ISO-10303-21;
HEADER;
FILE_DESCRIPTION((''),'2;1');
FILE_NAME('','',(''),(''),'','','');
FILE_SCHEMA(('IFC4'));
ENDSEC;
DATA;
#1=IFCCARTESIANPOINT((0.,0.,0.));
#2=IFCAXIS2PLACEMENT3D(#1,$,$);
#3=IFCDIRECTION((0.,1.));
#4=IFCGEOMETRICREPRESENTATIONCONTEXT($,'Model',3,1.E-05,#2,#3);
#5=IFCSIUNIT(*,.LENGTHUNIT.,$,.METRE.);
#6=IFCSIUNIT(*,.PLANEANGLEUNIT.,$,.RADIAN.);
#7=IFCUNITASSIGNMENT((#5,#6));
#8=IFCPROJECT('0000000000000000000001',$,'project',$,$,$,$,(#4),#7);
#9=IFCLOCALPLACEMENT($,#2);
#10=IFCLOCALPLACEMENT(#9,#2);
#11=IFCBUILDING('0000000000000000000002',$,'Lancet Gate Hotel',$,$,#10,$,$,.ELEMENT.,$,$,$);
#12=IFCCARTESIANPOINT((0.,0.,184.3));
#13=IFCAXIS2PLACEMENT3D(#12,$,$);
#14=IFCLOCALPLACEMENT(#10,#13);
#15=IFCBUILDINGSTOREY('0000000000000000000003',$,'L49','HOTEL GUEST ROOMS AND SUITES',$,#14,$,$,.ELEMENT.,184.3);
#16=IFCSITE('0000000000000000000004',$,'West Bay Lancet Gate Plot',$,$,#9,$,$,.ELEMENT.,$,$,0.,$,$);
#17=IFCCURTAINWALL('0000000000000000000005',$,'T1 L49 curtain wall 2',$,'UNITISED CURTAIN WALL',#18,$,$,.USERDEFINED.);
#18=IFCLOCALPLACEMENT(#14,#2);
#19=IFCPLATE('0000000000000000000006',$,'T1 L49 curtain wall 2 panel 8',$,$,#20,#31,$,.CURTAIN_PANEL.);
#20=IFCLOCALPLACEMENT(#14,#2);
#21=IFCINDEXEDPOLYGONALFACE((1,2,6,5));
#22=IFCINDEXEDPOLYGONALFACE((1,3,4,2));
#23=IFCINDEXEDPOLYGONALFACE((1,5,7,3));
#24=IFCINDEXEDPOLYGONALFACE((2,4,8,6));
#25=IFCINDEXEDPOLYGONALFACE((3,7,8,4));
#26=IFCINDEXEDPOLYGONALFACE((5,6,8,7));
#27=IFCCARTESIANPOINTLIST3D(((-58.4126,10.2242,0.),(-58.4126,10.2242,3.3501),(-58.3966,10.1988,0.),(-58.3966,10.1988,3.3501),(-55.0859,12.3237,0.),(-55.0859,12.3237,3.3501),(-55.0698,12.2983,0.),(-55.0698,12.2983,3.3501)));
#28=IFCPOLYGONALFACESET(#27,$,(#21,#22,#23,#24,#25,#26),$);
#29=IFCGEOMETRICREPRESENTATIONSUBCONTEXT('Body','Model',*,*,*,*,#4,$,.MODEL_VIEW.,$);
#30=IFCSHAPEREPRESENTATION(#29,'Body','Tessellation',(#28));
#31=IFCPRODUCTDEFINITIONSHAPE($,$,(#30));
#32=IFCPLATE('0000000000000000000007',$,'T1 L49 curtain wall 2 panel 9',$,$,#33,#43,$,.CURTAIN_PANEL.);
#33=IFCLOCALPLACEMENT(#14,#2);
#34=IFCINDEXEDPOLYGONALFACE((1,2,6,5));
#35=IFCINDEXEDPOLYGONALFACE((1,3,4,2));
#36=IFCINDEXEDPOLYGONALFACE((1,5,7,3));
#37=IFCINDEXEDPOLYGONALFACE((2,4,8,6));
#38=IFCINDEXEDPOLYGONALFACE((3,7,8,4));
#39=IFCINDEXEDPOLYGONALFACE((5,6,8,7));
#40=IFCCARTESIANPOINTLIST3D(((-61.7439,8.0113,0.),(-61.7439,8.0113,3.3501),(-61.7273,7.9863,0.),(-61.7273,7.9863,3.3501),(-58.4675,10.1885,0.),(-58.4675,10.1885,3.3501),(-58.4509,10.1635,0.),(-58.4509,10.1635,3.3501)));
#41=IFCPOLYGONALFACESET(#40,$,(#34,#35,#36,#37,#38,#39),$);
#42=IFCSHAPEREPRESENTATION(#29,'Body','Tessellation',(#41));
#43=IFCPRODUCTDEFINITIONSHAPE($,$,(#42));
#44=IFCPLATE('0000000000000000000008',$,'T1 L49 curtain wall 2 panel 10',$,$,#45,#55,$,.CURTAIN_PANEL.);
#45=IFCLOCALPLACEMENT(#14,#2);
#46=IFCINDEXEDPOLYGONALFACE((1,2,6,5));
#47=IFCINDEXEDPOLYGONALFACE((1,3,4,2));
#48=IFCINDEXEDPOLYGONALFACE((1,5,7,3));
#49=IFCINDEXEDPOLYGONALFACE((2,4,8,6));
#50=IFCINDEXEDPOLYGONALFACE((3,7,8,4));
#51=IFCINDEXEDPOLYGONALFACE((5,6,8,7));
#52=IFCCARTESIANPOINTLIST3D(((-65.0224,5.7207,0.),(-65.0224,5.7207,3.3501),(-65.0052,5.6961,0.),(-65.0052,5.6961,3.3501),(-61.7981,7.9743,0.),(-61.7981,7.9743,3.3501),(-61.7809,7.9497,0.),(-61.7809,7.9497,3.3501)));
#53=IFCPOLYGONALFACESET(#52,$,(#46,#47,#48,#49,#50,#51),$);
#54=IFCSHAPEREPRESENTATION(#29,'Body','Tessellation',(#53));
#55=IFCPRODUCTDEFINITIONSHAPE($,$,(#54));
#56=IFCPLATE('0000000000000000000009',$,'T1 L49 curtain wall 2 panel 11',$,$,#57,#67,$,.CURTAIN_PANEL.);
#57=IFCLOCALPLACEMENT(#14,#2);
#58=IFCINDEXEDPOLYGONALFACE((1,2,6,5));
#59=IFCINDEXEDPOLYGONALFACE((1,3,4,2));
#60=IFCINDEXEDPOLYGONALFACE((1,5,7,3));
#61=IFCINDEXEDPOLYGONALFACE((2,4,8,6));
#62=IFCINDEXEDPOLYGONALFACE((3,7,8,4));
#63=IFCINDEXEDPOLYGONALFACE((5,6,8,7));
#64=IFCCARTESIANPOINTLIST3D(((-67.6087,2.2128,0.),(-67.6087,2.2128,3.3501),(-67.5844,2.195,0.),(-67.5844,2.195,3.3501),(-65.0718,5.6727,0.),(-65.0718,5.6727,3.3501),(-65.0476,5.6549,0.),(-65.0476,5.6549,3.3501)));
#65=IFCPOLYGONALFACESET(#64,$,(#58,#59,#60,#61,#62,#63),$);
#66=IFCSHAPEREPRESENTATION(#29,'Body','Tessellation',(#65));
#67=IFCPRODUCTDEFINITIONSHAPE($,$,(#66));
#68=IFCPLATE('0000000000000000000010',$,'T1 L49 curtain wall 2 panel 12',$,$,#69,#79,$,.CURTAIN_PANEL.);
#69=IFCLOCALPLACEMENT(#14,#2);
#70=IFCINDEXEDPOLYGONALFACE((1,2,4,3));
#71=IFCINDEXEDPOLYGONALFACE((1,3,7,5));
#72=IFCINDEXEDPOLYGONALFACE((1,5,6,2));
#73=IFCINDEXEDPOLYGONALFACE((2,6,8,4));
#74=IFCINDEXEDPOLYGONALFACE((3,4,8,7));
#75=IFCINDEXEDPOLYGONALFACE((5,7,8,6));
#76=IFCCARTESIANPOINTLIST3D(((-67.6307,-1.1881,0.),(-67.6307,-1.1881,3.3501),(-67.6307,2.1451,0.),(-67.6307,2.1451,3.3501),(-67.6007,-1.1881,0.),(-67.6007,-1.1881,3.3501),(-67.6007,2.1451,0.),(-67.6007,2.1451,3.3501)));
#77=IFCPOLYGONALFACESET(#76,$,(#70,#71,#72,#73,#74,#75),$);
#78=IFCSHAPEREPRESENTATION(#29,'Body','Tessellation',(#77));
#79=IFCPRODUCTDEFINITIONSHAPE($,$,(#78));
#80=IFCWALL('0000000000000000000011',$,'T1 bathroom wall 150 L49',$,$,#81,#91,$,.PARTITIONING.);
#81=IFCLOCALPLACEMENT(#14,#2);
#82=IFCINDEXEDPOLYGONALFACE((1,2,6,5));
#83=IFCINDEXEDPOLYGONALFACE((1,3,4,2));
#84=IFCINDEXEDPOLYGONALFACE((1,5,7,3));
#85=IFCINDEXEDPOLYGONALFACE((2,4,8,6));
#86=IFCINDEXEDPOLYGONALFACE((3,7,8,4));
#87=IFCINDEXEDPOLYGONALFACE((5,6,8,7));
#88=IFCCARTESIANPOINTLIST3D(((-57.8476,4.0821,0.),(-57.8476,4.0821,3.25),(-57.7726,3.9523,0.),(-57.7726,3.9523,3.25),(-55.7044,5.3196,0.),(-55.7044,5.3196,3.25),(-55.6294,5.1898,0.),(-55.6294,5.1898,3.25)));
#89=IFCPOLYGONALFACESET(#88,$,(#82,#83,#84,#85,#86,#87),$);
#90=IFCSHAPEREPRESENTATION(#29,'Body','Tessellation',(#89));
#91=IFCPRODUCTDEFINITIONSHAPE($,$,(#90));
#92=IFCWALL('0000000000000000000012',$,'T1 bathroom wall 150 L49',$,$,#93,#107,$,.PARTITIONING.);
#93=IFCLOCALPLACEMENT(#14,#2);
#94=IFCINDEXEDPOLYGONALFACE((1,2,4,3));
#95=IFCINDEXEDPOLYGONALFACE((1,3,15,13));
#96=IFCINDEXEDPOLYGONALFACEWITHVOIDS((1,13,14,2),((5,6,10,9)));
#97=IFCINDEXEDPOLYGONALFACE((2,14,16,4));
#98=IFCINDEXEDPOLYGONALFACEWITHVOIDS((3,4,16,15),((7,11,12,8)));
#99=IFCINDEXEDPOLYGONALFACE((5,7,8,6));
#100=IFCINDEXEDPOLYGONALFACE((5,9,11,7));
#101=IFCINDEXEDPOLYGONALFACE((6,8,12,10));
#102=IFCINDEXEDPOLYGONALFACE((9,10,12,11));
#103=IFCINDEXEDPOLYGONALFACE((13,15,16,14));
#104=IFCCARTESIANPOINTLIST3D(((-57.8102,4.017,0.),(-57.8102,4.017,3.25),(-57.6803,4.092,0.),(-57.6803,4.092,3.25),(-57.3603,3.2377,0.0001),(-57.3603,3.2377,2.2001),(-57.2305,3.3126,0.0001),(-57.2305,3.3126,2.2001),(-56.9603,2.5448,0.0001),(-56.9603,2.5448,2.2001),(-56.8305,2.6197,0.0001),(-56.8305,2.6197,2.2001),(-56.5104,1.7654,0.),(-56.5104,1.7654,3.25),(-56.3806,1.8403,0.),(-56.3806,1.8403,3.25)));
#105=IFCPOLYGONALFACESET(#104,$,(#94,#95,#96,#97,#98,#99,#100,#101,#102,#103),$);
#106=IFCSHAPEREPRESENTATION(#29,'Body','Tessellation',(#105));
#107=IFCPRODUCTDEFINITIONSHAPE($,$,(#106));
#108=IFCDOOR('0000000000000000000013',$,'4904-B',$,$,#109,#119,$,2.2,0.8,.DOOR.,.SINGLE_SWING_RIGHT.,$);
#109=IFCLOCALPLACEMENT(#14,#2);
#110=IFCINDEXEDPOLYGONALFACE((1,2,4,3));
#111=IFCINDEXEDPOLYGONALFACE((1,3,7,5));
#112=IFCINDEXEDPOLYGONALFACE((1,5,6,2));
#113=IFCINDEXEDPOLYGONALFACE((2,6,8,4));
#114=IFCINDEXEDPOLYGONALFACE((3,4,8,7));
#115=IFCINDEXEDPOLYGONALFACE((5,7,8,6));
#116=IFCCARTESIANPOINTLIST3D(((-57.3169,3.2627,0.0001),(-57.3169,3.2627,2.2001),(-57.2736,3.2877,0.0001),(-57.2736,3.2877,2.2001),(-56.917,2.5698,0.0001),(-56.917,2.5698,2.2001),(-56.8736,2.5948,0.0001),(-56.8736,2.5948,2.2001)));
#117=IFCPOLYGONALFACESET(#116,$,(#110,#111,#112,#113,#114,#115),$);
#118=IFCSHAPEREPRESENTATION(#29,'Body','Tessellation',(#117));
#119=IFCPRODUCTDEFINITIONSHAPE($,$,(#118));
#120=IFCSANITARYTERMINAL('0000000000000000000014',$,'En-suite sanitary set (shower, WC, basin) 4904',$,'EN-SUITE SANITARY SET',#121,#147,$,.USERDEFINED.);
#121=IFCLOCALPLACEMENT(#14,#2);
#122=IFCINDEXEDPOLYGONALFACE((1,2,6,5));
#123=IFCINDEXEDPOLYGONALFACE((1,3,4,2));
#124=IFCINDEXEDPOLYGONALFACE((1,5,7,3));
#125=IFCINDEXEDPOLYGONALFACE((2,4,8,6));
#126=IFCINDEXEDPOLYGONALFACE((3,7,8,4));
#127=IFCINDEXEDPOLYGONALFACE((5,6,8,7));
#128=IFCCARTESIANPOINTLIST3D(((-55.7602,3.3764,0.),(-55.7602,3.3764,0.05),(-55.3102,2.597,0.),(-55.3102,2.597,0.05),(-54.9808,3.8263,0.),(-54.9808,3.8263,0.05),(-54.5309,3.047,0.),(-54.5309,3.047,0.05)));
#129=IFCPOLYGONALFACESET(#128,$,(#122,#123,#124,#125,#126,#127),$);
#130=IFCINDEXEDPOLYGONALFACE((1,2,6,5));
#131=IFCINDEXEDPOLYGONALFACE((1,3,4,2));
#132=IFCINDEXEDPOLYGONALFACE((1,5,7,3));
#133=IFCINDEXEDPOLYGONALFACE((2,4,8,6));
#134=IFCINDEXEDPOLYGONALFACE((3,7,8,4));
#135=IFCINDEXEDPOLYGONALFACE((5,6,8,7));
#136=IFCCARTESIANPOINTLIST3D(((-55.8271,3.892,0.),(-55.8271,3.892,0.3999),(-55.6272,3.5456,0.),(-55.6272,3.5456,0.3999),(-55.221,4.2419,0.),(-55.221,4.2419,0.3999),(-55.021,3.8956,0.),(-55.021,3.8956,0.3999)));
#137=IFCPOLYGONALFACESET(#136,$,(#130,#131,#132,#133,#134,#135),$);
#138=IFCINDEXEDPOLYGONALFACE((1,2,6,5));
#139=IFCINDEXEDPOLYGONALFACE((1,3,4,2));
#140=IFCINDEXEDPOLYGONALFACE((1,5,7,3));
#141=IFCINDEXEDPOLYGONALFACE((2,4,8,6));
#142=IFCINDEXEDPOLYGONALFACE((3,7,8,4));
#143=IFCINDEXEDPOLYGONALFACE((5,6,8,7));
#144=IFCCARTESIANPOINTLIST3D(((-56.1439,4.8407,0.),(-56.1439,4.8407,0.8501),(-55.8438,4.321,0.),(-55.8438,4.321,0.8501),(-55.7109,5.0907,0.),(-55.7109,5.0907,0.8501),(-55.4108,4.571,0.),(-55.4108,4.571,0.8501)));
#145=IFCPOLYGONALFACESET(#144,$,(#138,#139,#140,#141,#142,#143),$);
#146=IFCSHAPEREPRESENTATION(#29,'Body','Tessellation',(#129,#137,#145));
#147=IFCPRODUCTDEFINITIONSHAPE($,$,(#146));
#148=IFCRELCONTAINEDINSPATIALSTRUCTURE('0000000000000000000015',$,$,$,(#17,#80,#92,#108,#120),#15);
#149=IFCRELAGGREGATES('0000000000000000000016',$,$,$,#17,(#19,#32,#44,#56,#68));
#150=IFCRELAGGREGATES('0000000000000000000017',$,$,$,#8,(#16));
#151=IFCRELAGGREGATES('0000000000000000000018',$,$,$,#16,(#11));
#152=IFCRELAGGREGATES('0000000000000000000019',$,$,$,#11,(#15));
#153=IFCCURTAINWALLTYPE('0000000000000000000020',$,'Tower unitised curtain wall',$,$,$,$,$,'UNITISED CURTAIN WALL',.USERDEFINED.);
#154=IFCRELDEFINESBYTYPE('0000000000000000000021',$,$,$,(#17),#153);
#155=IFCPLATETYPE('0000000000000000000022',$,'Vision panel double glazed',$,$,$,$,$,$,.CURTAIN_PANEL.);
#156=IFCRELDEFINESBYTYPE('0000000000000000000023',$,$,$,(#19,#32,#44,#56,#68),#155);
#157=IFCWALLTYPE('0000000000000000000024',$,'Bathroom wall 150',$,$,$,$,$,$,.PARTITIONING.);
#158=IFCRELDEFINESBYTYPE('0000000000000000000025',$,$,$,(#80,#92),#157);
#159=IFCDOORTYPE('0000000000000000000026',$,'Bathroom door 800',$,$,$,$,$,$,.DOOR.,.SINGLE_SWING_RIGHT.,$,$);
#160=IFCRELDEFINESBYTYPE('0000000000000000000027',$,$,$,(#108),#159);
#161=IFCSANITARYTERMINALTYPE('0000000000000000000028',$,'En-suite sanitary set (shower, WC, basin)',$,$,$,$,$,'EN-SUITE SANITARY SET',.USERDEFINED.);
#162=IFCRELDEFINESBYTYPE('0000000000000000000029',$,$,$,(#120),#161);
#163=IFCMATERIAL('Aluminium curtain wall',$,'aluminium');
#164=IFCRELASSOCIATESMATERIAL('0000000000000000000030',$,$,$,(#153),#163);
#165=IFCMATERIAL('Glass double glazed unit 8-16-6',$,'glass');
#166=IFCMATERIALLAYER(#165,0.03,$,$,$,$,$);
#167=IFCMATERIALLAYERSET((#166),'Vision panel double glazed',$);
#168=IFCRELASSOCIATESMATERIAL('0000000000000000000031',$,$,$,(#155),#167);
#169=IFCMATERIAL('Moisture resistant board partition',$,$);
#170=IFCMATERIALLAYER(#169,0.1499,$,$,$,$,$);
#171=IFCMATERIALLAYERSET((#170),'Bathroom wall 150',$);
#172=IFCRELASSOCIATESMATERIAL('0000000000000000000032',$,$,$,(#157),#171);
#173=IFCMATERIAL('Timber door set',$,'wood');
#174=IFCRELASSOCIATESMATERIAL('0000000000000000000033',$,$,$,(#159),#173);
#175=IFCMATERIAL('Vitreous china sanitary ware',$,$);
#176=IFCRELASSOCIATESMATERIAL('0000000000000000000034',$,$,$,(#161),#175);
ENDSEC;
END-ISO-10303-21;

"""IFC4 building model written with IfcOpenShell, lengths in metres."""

from ifc_helpers import new_model, si_unit, direction, frame, frame_2d, origin, origin_2d, place, context, subcontext, project, spatial, rectangle, extrude, material, layer, layer_set, type_object, element, fill, aggregate, save


model = new_model("IFC4")

# Units and contexts
model_context = context("Model", 3, precision=1e-05, world=origin(), true_north=direction((0.0, 1.0)))
body_context = subcontext(model_context, "Body", "Model", "MODEL_VIEW")
ifc_project = project(units=[si_unit("LENGTHUNIT", "METRE"), si_unit("PLANEANGLEUNIT", "RADIAN")], contexts=[model_context])

# Site, building, storey
site_placement = place(None, origin())
site = spatial("IfcSite", under=ifc_project, at=site_placement, Name="West Bay Lancet Gate Plot", CompositionType="ELEMENT", RefElevation=0.0)
building_placement = place(site_placement, origin())
building = spatial("IfcBuilding", under=site, at=building_placement, Name="Lancet Gate Hotel", CompositionType="ELEMENT")
storey_placement = place(building_placement, frame((0.0, 0.0, 184.3)))
storey = spatial("IfcBuildingStorey", under=building, at=storey_placement, Name="L49", Description="HOTEL GUEST ROOMS AND SUITES", CompositionType="ELEMENT", Elevation=184.3)

# Curtain wall
ifc_material_1 = material(Name="Aluminium curtain wall", Category="aluminium")
curtain_wall_type = type_object("IfcCurtainWallType", Name="Tower unitised curtain wall", ElementType="UNITISED CURTAIN WALL", PredefinedType="USERDEFINED", material=ifc_material_1)
curtain_wall_placement = place(storey_placement, origin())
curtain_wall = element("IfcCurtainWall", 1, at=curtain_wall_placement, inside=storey, type_object=curtain_wall_type, Name="T1 L49 curtain wall 2", ObjectType="UNITISED CURTAIN WALL", PredefinedType="USERDEFINED")

# Plates
ifc_material_2 = material(Name="Glass double glazed unit 8-16-6", Category="glass")
ifc_layer_1 = layer(ifc_material_2, 0.03)
ifc_layer_set_1 = layer_set([ifc_layer_1], Name="Vision panel double glazed")
plate_type = type_object("IfcPlateType", Name="Vision panel double glazed", PredefinedType="CURTAIN_PANEL", material=ifc_layer_set_1)
plate_1_placement = place(storey_placement, frame((-56.7412, 11.2612, 0.0), z_axis=(0.0, 0.0, 1.0), x_axis=(-0.845667, -0.533711, 0.0)))
plate_1 = element("IfcPlate", 2, at=plate_1_placement, type_object=plate_type, Name="T1 L49 curtain wall 2 panel 8", PredefinedType="CURTAIN_PANEL", context=body_context, shape_type="SweptSolid", body=[
    extrude(rectangle(XDim=3.9338, YDim=0.03, at=origin_2d()), origin(), (0.0, 0.0, 1.0), 3.3501),
])
plate_2_placement = place(storey_placement, frame((-60.0974, 9.0874, 0.0), z_axis=(0.0, 0.0, 1.0), x_axis=(-0.832879, -0.553455, 0.0)))
plate_2 = element("IfcPlate", 3, at=plate_2_placement, type_object=plate_type, Name="T1 L49 curtain wall 2 panel 9", PredefinedType="CURTAIN_PANEL", context=body_context, shape_type="SweptSolid", body=[
    extrude(rectangle(XDim=3.9338, YDim=0.03, at=origin_2d()), origin(), (0.0, 0.0, 1.0), 3.3501),
])
plate_3_placement = place(storey_placement, frame((-63.4016, 6.8352, 0.0), z_axis=(0.0, 0.0, 1.0), x_axis=(-0.819631, -0.572892, 0.0)))
plate_3 = element("IfcPlate", 4, at=plate_3_placement, type_object=plate_type, Name="T1 L49 curtain wall 2 panel 10", PredefinedType="CURTAIN_PANEL", context=body_context, shape_type="SweptSolid", body=[
    extrude(rectangle(XDim=3.9338, YDim=0.03, at=origin_2d()), origin(), (0.0, 0.0, 1.0), 3.3501),
])
plate_4_placement = place(storey_placement, frame((-66.3281, 3.9338, 0.0), z_axis=(0.0, 0.0, 1.0), x_axis=(-0.5913, -0.806452, 0.0)))
plate_4 = element("IfcPlate", 5, at=plate_4_placement, type_object=plate_type, Name="T1 L49 curtain wall 2 panel 11", PredefinedType="CURTAIN_PANEL", context=body_context, shape_type="SweptSolid", body=[
    extrude(rectangle(XDim=4.2903, YDim=0.03, at=origin_2d()), origin(), (0.0, 0.0, 1.0), 3.3501),
])
plate_5_placement = place(storey_placement, frame((-67.6157, 0.4785, 0.0), z_axis=(0.0, 0.0, 1.0), x_axis=(0.0, -1.0, 0.0)))
plate_5 = element("IfcPlate", 6, at=plate_5_placement, type_object=plate_type, Name="T1 L49 curtain wall 2 panel 12", PredefinedType="CURTAIN_PANEL", context=body_context, shape_type="SweptSolid", body=[
    extrude(rectangle(XDim=3.3333, YDim=0.03, at=origin_2d()), origin(), (0.0, 0.0, 1.0), 3.3501),
])
aggregate(curtain_wall, [plate_1, plate_2, plate_3, plate_4, plate_5])

# Wall
ifc_material_3 = material(Name="Moisture resistant board partition")
ifc_layer_2 = layer(ifc_material_3, 0.1499)
ifc_layer_set_2 = layer_set([ifc_layer_2], Name="Bathroom wall 150")
wall_type = type_object("IfcWallType", Name="Bathroom wall 150", PredefinedType="PARTITIONING", material=ifc_layer_set_2)
wall_1_placement = place(storey_placement, frame((-55.667, 5.2546, 0.0), z_axis=(0.0, 0.0, 1.0), x_axis=(-0.866007, -0.500033, 0.0)))
element("IfcWall", 7, at=wall_1_placement, inside=storey, type_object=wall_type, Name="T1 bathroom wall 150 L49", PredefinedType="PARTITIONING", context=body_context, shape_type="SweptSolid", body=[
    extrude(rectangle(XDim=2.4749, YDim=0.1499, at=frame_2d((1.2373, 0.0))), origin(), (0.0, 0.0, 1.0), 3.25),
])

# Wall, opening, door
wall_2_placement = place(storey_placement, frame((-56.4456, 1.803, 0.0), z_axis=(0.0, 0.0, 1.0), x_axis=(-0.499937, 0.866062, 0.0)))
wall_2 = element("IfcWall", 8, at=wall_2_placement, inside=storey, type_object=wall_type, Name="T1 bathroom wall 150 L49", PredefinedType="PARTITIONING", context=body_context, shape_type="SweptSolid", body=[
    extrude(rectangle(XDim=2.5999, YDim=0.1499, at=frame_2d((1.2998, 0.0))), origin(), (0.0, 0.0, 1.0), 3.25),
])
opening_placement = place(wall_2_placement, frame((0.8999, 0.0, 0.0)))
opening = element("IfcOpeningElement", 9, at=opening_placement, cuts=wall_2, PredefinedType="OPENING", context=body_context, shape_type="SweptSolid", body=[
    extrude(rectangle(XDim=0.8, YDim=2.2, at=frame_2d((0.3999, 1.1001))), frame((0.0, 0.085, 0.0), z_axis=(0.0, -1.0, 0.0), x_axis=(1.0, 0.0, 0.0)), (0.0, 0.0, 1.0), 0.1699),
])
ifc_material_4 = material(Name="Timber door set", Category="wood")
door_type = type_object("IfcDoorType", Name="Bathroom door 800", OperationType="SINGLE_SWING_RIGHT", PredefinedType="DOOR", material=ifc_material_4)
door_placement = place(opening_placement, origin())
door = element("IfcDoor", 10, at=door_placement, inside=storey, type_object=door_type, Name="4904-B", OperationType="SINGLE_SWING_RIGHT", OverallHeight=2.2, OverallWidth=0.8, PredefinedType="DOOR", context=body_context, shape_type="SweptSolid", body=[
    extrude(rectangle(XDim=0.8, YDim=2.2, at=frame_2d((0.3999, 1.1001))), frame((0.0, 0.0249, 0.0), z_axis=(0.0, -1.0, 0.0), x_axis=(1.0, 0.0, 0.0)), (0.0, 0.0, 1.0), 0.05),
])
fill(opening, door)

# Sanitary terminal
ifc_material_5 = material(Name="Vitreous china sanitary ware")
sanitary_terminal_type = type_object("IfcSanitaryTerminalType", Name="En-suite sanitary set (shower, WC, basin)", ElementType="EN-SUITE SANITARY SET", PredefinedType="USERDEFINED", material=ifc_material_5)
sanitary_terminal_placement = place(storey_placement, frame((-55.1455, 3.2117, 0.0), z_axis=(0.0, 0.0, 1.0), x_axis=(1.0, 0.0, 0.0)))
element("IfcSanitaryTerminal", 11, at=sanitary_terminal_placement, inside=storey, type_object=sanitary_terminal_type, Name="En-suite sanitary set (shower, WC, basin) 4904", ObjectType="EN-SUITE SANITARY SET", PredefinedType="USERDEFINED", context=body_context, shape_type="SweptSolid", body=[
    extrude(rectangle(XDim=0.8999, YDim=0.8999, at=origin_2d()), frame((0.0, 0.0, 0.0), z_axis=(0.0, 0.0, 1.0), x_axis=(0.5, -0.866025, 0.0)), (0.0, 0.0, 1.0), 0.05),
    extrude(rectangle(XDim=0.3999, YDim=0.7, at=origin_2d()), frame((-0.2786, 0.6821, 0.0), z_axis=(0.0, 0.0, 1.0), x_axis=(0.5, -0.866025, 0.0)), (0.0, 0.0, 1.0), 0.3999),
    extrude(rectangle(XDim=0.6001, YDim=0.5, at=origin_2d()), frame((-0.6318, 1.4941, 0.0), z_axis=(0.0, 0.0, 1.0), x_axis=(0.5, -0.866025, 0.0)), (0.0, 0.0, 1.0), 0.8501),
])

save(model, "model.ifc")
